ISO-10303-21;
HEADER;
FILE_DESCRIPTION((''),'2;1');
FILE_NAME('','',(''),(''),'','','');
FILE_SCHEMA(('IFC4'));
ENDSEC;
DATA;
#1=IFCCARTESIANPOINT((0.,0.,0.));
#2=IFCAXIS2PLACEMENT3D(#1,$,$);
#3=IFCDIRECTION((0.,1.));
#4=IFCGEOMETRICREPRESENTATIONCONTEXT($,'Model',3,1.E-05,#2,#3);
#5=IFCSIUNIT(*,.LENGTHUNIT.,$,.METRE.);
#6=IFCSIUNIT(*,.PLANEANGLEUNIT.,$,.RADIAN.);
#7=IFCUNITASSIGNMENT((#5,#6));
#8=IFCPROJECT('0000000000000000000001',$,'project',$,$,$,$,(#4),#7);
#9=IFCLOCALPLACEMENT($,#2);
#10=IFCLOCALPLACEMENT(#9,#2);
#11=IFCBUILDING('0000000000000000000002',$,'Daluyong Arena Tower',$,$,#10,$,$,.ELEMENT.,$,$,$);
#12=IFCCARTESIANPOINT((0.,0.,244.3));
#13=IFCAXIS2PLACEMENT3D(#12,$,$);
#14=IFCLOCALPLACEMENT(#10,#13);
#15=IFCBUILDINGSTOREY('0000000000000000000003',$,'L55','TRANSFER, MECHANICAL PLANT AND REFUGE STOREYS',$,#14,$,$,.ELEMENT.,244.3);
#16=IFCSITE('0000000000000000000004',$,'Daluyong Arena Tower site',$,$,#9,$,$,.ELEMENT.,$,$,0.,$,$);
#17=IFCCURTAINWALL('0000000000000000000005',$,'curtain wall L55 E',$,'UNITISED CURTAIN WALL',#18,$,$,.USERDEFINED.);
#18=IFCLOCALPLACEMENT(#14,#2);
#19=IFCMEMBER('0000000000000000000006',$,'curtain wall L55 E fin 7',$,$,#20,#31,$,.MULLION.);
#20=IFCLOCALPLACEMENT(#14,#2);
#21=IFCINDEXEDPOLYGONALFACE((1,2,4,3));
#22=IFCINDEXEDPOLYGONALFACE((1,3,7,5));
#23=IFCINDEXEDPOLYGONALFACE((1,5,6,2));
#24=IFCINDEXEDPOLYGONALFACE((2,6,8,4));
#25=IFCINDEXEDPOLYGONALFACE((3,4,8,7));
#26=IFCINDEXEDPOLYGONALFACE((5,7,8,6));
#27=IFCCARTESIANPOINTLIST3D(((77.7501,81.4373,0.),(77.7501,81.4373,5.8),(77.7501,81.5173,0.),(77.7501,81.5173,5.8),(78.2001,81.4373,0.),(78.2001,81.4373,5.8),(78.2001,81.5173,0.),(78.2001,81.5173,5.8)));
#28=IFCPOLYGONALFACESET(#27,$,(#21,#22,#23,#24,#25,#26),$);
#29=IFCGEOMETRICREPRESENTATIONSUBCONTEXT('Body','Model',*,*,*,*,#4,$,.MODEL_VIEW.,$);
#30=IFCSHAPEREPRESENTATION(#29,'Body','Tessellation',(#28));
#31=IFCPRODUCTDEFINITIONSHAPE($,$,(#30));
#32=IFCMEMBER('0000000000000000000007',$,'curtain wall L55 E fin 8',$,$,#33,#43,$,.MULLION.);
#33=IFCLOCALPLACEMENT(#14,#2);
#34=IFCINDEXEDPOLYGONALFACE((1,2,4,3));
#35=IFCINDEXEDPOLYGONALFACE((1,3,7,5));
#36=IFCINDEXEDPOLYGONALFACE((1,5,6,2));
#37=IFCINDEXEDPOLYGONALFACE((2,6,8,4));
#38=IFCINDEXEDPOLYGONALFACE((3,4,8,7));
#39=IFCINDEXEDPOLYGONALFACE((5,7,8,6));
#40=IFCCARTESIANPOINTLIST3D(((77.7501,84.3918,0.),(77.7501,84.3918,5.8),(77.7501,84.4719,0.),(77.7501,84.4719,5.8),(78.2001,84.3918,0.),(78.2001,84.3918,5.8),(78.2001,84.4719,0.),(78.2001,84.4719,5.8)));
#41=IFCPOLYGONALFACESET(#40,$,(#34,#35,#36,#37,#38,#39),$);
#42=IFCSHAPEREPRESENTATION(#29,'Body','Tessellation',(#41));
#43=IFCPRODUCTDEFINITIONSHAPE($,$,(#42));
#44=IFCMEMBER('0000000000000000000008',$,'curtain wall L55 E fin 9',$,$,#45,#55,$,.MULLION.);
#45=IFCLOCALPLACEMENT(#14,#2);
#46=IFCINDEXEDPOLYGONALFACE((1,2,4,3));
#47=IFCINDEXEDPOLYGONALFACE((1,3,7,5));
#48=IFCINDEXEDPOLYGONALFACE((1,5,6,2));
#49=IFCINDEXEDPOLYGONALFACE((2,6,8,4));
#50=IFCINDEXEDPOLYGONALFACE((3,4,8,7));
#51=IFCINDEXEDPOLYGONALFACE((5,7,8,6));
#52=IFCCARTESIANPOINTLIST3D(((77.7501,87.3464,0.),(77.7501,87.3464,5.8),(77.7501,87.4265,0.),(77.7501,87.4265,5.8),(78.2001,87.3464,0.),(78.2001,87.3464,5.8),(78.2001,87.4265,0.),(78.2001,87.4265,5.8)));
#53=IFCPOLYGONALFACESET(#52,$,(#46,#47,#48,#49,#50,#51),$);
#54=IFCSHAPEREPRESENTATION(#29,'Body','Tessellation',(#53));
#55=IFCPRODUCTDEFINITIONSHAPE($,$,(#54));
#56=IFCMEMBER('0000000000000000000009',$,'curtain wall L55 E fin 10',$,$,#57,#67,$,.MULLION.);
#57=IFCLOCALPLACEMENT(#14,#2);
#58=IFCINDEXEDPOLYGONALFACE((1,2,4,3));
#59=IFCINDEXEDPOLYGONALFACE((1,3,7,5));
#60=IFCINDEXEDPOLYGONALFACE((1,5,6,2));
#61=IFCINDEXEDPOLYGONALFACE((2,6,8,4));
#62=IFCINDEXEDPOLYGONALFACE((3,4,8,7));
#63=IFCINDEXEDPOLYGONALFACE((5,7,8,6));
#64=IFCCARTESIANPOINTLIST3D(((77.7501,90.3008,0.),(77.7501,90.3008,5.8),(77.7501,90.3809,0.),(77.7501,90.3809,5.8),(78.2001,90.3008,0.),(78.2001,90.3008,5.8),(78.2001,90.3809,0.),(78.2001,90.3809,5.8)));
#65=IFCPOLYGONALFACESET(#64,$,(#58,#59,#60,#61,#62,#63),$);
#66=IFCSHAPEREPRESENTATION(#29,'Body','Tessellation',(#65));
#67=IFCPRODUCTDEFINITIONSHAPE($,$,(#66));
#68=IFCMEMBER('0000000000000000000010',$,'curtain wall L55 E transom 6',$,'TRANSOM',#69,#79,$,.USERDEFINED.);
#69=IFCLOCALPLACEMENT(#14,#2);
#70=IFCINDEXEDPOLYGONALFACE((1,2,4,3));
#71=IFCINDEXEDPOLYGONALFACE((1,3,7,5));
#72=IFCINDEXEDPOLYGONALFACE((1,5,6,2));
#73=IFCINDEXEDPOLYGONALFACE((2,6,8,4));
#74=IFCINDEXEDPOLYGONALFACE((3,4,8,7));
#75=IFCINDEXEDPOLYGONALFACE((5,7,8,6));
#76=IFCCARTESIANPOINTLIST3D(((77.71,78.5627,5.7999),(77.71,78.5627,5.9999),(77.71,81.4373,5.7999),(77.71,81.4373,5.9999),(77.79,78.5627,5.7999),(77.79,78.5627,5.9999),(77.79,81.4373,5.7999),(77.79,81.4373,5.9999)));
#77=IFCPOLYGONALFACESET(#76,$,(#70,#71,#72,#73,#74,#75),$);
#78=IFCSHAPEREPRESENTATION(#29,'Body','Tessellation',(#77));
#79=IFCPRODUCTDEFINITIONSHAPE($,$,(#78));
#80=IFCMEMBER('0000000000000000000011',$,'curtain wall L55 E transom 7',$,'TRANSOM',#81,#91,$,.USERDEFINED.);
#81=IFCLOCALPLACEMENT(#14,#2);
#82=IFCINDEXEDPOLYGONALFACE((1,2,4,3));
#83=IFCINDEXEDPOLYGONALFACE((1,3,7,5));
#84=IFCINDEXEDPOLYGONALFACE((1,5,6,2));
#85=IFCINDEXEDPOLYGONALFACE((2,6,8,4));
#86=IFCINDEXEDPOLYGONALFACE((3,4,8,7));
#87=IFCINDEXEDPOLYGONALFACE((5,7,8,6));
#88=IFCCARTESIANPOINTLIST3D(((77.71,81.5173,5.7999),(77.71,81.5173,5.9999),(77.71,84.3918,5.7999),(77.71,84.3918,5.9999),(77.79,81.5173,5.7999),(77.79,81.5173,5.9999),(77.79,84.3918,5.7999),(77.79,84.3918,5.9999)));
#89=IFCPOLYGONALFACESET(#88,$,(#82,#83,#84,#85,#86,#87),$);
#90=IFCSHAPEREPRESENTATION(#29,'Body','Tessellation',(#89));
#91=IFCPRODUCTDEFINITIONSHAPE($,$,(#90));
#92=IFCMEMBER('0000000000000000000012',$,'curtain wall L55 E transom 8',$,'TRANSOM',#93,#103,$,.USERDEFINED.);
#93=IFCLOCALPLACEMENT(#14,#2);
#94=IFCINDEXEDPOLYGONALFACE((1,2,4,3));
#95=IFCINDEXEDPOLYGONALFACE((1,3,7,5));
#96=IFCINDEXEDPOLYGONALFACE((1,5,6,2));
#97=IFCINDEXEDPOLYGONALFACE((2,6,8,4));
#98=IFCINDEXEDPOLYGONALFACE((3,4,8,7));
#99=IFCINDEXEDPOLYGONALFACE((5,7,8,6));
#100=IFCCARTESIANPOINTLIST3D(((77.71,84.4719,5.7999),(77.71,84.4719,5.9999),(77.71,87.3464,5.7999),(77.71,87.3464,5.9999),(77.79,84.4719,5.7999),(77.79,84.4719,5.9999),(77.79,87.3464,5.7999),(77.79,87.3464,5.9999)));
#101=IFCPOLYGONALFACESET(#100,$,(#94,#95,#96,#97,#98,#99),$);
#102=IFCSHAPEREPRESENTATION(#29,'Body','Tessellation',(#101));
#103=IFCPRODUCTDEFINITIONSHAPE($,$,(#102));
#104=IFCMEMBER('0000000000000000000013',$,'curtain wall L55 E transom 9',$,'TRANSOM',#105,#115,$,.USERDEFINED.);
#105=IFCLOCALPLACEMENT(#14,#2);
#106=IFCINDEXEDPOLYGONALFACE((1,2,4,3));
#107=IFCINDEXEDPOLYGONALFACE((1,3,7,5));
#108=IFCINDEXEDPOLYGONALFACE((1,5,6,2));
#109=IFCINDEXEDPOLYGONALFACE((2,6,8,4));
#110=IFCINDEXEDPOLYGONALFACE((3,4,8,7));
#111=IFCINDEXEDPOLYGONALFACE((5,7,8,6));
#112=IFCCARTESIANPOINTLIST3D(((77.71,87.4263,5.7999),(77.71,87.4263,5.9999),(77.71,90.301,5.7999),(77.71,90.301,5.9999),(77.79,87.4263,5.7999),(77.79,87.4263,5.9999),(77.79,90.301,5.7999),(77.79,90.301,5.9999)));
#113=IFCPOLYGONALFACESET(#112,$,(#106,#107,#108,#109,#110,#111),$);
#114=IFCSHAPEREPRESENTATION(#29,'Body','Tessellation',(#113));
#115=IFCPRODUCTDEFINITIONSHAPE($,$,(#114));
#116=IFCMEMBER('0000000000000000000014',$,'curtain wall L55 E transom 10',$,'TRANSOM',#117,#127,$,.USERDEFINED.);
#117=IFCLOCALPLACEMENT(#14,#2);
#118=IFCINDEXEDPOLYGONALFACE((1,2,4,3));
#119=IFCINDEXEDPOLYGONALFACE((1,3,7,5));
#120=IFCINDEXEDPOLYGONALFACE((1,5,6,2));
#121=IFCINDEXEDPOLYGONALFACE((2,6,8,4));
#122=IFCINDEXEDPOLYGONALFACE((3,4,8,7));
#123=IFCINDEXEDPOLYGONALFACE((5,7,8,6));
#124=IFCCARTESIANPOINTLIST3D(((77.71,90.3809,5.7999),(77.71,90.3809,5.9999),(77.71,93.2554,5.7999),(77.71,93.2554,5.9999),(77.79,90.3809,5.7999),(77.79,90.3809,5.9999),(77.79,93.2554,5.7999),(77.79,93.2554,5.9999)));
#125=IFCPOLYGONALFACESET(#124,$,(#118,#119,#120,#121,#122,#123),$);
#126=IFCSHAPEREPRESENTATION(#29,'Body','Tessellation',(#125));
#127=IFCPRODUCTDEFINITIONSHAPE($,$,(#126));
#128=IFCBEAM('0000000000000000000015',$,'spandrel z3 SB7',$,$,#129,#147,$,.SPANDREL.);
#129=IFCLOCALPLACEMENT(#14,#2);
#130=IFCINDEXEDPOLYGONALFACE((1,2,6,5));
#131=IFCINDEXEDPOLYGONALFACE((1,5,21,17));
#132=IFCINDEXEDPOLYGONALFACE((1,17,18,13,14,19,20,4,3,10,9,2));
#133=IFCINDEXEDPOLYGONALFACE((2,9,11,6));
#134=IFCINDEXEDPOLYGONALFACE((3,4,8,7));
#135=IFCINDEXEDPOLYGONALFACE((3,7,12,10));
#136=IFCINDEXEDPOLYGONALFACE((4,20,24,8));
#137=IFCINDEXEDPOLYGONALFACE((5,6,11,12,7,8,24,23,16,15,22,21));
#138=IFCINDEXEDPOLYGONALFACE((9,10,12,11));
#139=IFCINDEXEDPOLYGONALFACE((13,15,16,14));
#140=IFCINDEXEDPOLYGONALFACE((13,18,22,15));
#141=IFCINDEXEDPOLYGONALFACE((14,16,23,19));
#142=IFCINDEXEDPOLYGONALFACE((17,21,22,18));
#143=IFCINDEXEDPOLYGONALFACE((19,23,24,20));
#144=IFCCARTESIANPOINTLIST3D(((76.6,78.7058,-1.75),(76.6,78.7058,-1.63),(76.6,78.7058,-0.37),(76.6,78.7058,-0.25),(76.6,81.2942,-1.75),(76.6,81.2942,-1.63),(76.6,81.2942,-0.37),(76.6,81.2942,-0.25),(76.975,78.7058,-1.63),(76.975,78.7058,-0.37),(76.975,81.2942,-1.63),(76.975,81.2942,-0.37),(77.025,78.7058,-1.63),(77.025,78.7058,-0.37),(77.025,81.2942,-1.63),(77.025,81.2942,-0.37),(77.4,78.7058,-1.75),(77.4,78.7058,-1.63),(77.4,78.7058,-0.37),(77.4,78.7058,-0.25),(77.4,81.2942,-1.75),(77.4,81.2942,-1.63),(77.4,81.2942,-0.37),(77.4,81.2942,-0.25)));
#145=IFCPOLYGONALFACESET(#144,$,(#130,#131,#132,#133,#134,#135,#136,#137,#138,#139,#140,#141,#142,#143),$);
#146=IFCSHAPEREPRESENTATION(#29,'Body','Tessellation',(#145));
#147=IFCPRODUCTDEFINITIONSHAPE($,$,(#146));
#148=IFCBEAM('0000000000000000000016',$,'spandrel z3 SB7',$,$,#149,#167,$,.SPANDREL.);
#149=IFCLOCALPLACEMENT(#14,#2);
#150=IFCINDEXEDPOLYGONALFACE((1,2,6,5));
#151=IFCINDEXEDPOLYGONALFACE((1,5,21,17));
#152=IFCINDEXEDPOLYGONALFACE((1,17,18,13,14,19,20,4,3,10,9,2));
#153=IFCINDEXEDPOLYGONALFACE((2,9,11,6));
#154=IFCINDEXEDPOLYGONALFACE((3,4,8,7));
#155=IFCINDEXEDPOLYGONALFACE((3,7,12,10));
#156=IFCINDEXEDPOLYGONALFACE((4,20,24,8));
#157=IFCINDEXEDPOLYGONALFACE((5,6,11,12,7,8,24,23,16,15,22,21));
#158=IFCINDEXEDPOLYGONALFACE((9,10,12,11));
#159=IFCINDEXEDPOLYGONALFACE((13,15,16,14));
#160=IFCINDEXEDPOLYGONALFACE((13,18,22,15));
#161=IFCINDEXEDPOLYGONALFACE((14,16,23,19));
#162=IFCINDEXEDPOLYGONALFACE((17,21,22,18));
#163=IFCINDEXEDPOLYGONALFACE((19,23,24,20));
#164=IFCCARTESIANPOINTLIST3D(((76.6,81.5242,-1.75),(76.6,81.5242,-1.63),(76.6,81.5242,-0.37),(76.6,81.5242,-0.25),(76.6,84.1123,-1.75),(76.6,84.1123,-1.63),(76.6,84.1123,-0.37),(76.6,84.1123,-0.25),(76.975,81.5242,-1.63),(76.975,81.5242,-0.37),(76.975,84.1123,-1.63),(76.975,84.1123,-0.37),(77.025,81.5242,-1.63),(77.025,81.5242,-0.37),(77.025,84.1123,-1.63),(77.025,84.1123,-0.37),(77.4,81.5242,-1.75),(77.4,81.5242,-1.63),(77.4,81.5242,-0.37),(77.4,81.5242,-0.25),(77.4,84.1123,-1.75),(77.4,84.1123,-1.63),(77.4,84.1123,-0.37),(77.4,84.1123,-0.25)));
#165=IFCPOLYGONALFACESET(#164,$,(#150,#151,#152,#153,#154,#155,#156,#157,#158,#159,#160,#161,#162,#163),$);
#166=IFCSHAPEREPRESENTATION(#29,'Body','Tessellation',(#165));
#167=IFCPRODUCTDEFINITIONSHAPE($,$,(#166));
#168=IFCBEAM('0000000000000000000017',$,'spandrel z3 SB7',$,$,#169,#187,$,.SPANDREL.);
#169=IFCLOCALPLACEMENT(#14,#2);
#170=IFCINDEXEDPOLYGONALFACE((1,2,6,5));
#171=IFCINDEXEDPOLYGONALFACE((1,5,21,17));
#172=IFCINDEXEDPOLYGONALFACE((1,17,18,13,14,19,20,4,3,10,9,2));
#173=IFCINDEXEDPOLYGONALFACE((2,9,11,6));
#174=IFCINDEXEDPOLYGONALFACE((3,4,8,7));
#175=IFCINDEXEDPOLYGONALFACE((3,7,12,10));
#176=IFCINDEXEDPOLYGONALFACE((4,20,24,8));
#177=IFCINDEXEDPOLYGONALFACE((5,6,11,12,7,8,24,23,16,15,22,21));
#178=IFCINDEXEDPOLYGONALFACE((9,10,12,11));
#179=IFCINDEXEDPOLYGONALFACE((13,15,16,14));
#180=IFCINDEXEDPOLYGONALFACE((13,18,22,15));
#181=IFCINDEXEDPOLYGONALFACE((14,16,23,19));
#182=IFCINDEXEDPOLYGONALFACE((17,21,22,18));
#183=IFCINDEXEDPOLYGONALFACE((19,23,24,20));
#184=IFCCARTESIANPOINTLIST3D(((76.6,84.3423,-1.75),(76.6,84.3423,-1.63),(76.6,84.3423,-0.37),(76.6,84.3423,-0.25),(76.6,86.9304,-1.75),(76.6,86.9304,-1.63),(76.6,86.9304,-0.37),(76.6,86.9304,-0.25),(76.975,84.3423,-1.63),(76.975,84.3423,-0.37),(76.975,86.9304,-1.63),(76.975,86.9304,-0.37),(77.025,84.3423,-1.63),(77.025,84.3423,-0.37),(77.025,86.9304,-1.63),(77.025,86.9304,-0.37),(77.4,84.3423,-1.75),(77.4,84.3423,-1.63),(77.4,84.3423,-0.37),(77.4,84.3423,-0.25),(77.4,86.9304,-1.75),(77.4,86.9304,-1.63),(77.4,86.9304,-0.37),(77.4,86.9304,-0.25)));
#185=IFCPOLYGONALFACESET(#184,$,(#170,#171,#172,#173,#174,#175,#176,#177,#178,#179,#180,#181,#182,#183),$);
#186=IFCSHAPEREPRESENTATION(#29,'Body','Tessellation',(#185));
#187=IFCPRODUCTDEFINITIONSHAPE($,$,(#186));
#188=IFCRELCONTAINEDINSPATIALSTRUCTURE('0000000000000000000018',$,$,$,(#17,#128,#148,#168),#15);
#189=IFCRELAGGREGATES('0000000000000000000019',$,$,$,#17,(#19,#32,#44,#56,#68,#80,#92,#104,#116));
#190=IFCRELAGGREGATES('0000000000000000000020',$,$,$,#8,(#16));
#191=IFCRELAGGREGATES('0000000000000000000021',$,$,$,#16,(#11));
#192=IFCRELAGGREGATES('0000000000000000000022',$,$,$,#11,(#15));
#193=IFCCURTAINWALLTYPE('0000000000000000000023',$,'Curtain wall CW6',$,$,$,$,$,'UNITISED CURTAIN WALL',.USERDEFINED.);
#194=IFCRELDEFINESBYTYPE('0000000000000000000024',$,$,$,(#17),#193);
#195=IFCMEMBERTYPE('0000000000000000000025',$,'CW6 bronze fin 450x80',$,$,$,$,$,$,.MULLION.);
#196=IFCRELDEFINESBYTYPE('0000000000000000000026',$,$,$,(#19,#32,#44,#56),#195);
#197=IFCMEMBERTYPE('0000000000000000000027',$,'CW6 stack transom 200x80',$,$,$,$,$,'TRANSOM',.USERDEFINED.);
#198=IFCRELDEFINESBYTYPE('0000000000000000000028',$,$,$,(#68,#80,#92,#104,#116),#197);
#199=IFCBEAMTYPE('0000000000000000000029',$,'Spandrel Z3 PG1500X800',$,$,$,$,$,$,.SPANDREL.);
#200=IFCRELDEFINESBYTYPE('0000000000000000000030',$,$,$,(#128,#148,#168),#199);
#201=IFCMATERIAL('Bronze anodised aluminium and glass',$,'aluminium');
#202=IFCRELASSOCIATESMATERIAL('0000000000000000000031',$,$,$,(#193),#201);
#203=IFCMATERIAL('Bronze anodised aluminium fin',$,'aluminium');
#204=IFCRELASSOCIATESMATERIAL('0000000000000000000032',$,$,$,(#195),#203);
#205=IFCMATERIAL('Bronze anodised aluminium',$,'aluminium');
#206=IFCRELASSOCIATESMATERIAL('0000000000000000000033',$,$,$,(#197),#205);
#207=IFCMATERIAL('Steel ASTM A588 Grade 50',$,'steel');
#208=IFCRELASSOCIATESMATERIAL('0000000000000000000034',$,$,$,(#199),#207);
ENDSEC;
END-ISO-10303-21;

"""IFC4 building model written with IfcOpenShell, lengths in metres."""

from ifc_helpers import new_model, si_unit, direction, frame, origin, origin_2d, place, context, subcontext, project, spatial, rectangle, i_section, extrude, material, material_profile, profile_set, type_object, element, aggregate, save


model = new_model("IFC4")

# Units and contexts
model_context = context("Model", 3, precision=1e-05, world=origin(), true_north=direction((0.0, 1.0)))
body_context = subcontext(model_context, "Body", "Model", "MODEL_VIEW")
ifc_project = project(units=[si_unit("LENGTHUNIT", "METRE"), si_unit("PLANEANGLEUNIT", "RADIAN")], contexts=[model_context])

# Site, building, storey
site_placement = place(None, origin())
site = spatial("IfcSite", under=ifc_project, at=site_placement, Name="Daluyong Arena Tower site", CompositionType="ELEMENT", RefElevation=0.0)
building_placement = place(site_placement, origin())
building = spatial("IfcBuilding", under=site, at=building_placement, Name="Daluyong Arena Tower", CompositionType="ELEMENT")
storey_placement = place(building_placement, frame((0.0, 0.0, 244.3)))
storey = spatial("IfcBuildingStorey", under=building, at=storey_placement, Name="L55", Description="TRANSFER, MECHANICAL PLANT AND REFUGE STOREYS", CompositionType="ELEMENT", Elevation=244.3)

# Curtain wall, members
ifc_material_1 = material(Name="Bronze anodised aluminium and glass", Category="aluminium")
curtain_wall_type = type_object("IfcCurtainWallType", Name="Curtain wall CW6", ElementType="UNITISED CURTAIN WALL", PredefinedType="USERDEFINED", material=ifc_material_1)
curtain_wall_placement = place(storey_placement, origin())
curtain_wall = element("IfcCurtainWall", 1, at=curtain_wall_placement, inside=storey, type_object=curtain_wall_type, Name="curtain wall L55 E", ObjectType="UNITISED CURTAIN WALL", PredefinedType="USERDEFINED")
ifc_material_2 = material(Name="Bronze anodised aluminium fin", Category="aluminium")
ifc_material_profile_1 = material_profile(ifc_material_2, rectangle(XDim=0.45, YDim=0.0801, at=origin_2d()))
ifc_profile_set_1 = profile_set([ifc_material_profile_1], Name="Bronze anodised aluminium fin")
member_type_1 = type_object("IfcMemberType", Name="CW6 bronze fin 450x80", PredefinedType="MULLION", material=ifc_profile_set_1)
member_1_placement = place(storey_placement, frame((77.9751, 81.4773, 0.0), z_axis=(0.0, 0.0, 1.0), x_axis=(-1.0, 0.0, 0.0)))
member_1 = element("IfcMember", 2, at=member_1_placement, type_object=member_type_1, Name="curtain wall L55 E fin 7", PredefinedType="MULLION", context=body_context, shape_type="SweptSolid", body=[
    extrude(rectangle(XDim=0.45, YDim=0.0801, at=origin_2d()), origin(), (0.0, 0.0, 1.0), 5.8),
])
member_2_placement = place(storey_placement, frame((77.9751, 84.4319, 0.0), z_axis=(0.0, 0.0, 1.0), x_axis=(-1.0, 0.0, 0.0)))
member_2 = element("IfcMember", 3, at=member_2_placement, type_object=member_type_1, Name="curtain wall L55 E fin 8", PredefinedType="MULLION", context=body_context, shape_type="SweptSolid", body=[
    extrude(rectangle(XDim=0.45, YDim=0.0801, at=origin_2d()), origin(), (0.0, 0.0, 1.0), 5.8),
])
member_3_placement = place(storey_placement, frame((77.9751, 87.3865, 0.0), z_axis=(0.0, 0.0, 1.0), x_axis=(-1.0, 0.0, 0.0)))
member_3 = element("IfcMember", 4, at=member_3_placement, type_object=member_type_1, Name="curtain wall L55 E fin 9", PredefinedType="MULLION", context=body_context, shape_type="SweptSolid", body=[
    extrude(rectangle(XDim=0.45, YDim=0.0801, at=origin_2d()), origin(), (0.0, 0.0, 1.0), 5.8),
])
member_4_placement = place(storey_placement, frame((77.9751, 90.3408, 0.0), z_axis=(0.0, 0.0, 1.0), x_axis=(-1.0, 0.0, 0.0)))
member_4 = element("IfcMember", 5, at=member_4_placement, type_object=member_type_1, Name="curtain wall L55 E fin 10", PredefinedType="MULLION", context=body_context, shape_type="SweptSolid", body=[
    extrude(rectangle(XDim=0.45, YDim=0.0801, at=origin_2d()), origin(), (0.0, 0.0, 1.0), 5.8),
])
ifc_material_3 = material(Name="Bronze anodised aluminium", Category="aluminium")
ifc_material_profile_2 = material_profile(ifc_material_3, rectangle(XDim=0.0801, YDim=0.2, at=origin_2d()))
ifc_profile_set_2 = profile_set([ifc_material_profile_2], Name="Bronze anodised aluminium")
member_type_2 = type_object("IfcMemberType", Name="CW6 stack transom 200x80", ElementType="TRANSOM", PredefinedType="USERDEFINED", material=ifc_profile_set_2)
member_5_placement = place(storey_placement, frame((77.75, 78.5627, 5.8999), z_axis=(0.0, 1.0, 0.0), x_axis=(-1.0, 0.0, 0.0)))
member_5 = element("IfcMember", 6, at=member_5_placement, type_object=member_type_2, Name="curtain wall L55 E transom 6", ObjectType="TRANSOM", PredefinedType="USERDEFINED", context=body_context, shape_type="SweptSolid", body=[
    extrude(rectangle(XDim=0.0801, YDim=0.2, at=origin_2d()), origin(), (0.0, 0.0, 1.0), 2.8745),
])
member_6_placement = place(storey_placement, frame((77.75, 81.5173, 5.8999), z_axis=(0.0, 1.0, 0.0), x_axis=(-1.0, 0.0, 0.0)))
member_6 = element("IfcMember", 7, at=member_6_placement, type_object=member_type_2, Name="curtain wall L55 E transom 7", ObjectType="TRANSOM", PredefinedType="USERDEFINED", context=body_context, shape_type="SweptSolid", body=[
    extrude(rectangle(XDim=0.0801, YDim=0.2, at=origin_2d()), origin(), (0.0, 0.0, 1.0), 2.8745),
])
member_7_placement = place(storey_placement, frame((77.75, 84.4719, 5.8999), z_axis=(0.0, 1.0, 0.0), x_axis=(-1.0, 0.0, 0.0)))
member_7 = element("IfcMember", 8, at=member_7_placement, type_object=member_type_2, Name="curtain wall L55 E transom 8", ObjectType="TRANSOM", PredefinedType="USERDEFINED", context=body_context, shape_type="SweptSolid", body=[
    extrude(rectangle(XDim=0.0801, YDim=0.2, at=origin_2d()), origin(), (0.0, 0.0, 1.0), 2.8745),
])
member_8_placement = place(storey_placement, frame((77.75, 87.4263, 5.8999), z_axis=(0.0, 1.0, 0.0), x_axis=(-1.0, 0.0, 0.0)))
member_8 = element("IfcMember", 9, at=member_8_placement, type_object=member_type_2, Name="curtain wall L55 E transom 9", ObjectType="TRANSOM", PredefinedType="USERDEFINED", context=body_context, shape_type="SweptSolid", body=[
    extrude(rectangle(XDim=0.0801, YDim=0.2, at=origin_2d()), origin(), (0.0, 0.0, 1.0), 2.8748),
])
member_9_placement = place(storey_placement, frame((77.75, 90.3809, 5.8999), z_axis=(0.0, 1.0, 0.0), x_axis=(-1.0, 0.0, 0.0)))
member_9 = element("IfcMember", 10, at=member_9_placement, type_object=member_type_2, Name="curtain wall L55 E transom 10", ObjectType="TRANSOM", PredefinedType="USERDEFINED", context=body_context, shape_type="SweptSolid", body=[
    extrude(rectangle(XDim=0.0801, YDim=0.2, at=origin_2d()), origin(), (0.0, 0.0, 1.0), 2.8745),
])

# Beams
ifc_material_4 = material(Name="Steel ASTM A588 Grade 50", Category="steel")
ifc_material_profile_3 = material_profile(ifc_material_4, i_section(OverallWidth=0.8, OverallDepth=1.5, WebThickness=0.05, FlangeThickness=0.12, at=origin_2d()))
ifc_profile_set_3 = profile_set([ifc_material_profile_3], Name="Steel ASTM A588 Grade 50")
beam_type = type_object("IfcBeamType", Name="Spandrel Z3 PG1500X800", PredefinedType="SPANDREL", material=ifc_profile_set_3)
beam_1_placement = place(storey_placement, frame((77.0, 78.7058, -1.0), z_axis=(0.0, 1.0, 0.0), x_axis=(-1.0, 0.0, 0.0)))
element("IfcBeam", 11, at=beam_1_placement, inside=storey, type_object=beam_type, Name="spandrel z3 SB7", PredefinedType="SPANDREL", context=body_context, shape_type="SweptSolid", body=[
    extrude(i_section(OverallWidth=0.8, OverallDepth=1.5, WebThickness=0.05, FlangeThickness=0.12, at=origin_2d()), origin(), (0.0, 0.0, 1.0), 2.5884),
])
for number, where, z_axis, x_axis, name in (
    (12, (77.0, 81.5242, -1.0), (0.0, 1.0, 0.0), (-1.0, 0.0, 0.0), "spandrel z3 SB7"),
    (13, (77.0, 84.3423, -1.0), (0.0, 1.0, 0.0), (-1.0, 0.0, 0.0), "spandrel z3 SB7"),
):
    element("IfcBeam", number, at=place(storey_placement, frame(where, z_axis=z_axis, x_axis=x_axis)), inside=storey, type_object=beam_type, Name=name, PredefinedType="SPANDREL", context=body_context, shape_type="SweptSolid", body=[
        extrude(i_section(OverallWidth=0.8, OverallDepth=1.5, WebThickness=0.05, FlangeThickness=0.12, at=origin_2d()), origin(), (0.0, 0.0, 1.0), 2.5881),
    ])

aggregate(curtain_wall, [member_1, member_2, member_3, member_4, member_5, member_6, member_7, member_8, member_9])

save(model, "model.ifc")
